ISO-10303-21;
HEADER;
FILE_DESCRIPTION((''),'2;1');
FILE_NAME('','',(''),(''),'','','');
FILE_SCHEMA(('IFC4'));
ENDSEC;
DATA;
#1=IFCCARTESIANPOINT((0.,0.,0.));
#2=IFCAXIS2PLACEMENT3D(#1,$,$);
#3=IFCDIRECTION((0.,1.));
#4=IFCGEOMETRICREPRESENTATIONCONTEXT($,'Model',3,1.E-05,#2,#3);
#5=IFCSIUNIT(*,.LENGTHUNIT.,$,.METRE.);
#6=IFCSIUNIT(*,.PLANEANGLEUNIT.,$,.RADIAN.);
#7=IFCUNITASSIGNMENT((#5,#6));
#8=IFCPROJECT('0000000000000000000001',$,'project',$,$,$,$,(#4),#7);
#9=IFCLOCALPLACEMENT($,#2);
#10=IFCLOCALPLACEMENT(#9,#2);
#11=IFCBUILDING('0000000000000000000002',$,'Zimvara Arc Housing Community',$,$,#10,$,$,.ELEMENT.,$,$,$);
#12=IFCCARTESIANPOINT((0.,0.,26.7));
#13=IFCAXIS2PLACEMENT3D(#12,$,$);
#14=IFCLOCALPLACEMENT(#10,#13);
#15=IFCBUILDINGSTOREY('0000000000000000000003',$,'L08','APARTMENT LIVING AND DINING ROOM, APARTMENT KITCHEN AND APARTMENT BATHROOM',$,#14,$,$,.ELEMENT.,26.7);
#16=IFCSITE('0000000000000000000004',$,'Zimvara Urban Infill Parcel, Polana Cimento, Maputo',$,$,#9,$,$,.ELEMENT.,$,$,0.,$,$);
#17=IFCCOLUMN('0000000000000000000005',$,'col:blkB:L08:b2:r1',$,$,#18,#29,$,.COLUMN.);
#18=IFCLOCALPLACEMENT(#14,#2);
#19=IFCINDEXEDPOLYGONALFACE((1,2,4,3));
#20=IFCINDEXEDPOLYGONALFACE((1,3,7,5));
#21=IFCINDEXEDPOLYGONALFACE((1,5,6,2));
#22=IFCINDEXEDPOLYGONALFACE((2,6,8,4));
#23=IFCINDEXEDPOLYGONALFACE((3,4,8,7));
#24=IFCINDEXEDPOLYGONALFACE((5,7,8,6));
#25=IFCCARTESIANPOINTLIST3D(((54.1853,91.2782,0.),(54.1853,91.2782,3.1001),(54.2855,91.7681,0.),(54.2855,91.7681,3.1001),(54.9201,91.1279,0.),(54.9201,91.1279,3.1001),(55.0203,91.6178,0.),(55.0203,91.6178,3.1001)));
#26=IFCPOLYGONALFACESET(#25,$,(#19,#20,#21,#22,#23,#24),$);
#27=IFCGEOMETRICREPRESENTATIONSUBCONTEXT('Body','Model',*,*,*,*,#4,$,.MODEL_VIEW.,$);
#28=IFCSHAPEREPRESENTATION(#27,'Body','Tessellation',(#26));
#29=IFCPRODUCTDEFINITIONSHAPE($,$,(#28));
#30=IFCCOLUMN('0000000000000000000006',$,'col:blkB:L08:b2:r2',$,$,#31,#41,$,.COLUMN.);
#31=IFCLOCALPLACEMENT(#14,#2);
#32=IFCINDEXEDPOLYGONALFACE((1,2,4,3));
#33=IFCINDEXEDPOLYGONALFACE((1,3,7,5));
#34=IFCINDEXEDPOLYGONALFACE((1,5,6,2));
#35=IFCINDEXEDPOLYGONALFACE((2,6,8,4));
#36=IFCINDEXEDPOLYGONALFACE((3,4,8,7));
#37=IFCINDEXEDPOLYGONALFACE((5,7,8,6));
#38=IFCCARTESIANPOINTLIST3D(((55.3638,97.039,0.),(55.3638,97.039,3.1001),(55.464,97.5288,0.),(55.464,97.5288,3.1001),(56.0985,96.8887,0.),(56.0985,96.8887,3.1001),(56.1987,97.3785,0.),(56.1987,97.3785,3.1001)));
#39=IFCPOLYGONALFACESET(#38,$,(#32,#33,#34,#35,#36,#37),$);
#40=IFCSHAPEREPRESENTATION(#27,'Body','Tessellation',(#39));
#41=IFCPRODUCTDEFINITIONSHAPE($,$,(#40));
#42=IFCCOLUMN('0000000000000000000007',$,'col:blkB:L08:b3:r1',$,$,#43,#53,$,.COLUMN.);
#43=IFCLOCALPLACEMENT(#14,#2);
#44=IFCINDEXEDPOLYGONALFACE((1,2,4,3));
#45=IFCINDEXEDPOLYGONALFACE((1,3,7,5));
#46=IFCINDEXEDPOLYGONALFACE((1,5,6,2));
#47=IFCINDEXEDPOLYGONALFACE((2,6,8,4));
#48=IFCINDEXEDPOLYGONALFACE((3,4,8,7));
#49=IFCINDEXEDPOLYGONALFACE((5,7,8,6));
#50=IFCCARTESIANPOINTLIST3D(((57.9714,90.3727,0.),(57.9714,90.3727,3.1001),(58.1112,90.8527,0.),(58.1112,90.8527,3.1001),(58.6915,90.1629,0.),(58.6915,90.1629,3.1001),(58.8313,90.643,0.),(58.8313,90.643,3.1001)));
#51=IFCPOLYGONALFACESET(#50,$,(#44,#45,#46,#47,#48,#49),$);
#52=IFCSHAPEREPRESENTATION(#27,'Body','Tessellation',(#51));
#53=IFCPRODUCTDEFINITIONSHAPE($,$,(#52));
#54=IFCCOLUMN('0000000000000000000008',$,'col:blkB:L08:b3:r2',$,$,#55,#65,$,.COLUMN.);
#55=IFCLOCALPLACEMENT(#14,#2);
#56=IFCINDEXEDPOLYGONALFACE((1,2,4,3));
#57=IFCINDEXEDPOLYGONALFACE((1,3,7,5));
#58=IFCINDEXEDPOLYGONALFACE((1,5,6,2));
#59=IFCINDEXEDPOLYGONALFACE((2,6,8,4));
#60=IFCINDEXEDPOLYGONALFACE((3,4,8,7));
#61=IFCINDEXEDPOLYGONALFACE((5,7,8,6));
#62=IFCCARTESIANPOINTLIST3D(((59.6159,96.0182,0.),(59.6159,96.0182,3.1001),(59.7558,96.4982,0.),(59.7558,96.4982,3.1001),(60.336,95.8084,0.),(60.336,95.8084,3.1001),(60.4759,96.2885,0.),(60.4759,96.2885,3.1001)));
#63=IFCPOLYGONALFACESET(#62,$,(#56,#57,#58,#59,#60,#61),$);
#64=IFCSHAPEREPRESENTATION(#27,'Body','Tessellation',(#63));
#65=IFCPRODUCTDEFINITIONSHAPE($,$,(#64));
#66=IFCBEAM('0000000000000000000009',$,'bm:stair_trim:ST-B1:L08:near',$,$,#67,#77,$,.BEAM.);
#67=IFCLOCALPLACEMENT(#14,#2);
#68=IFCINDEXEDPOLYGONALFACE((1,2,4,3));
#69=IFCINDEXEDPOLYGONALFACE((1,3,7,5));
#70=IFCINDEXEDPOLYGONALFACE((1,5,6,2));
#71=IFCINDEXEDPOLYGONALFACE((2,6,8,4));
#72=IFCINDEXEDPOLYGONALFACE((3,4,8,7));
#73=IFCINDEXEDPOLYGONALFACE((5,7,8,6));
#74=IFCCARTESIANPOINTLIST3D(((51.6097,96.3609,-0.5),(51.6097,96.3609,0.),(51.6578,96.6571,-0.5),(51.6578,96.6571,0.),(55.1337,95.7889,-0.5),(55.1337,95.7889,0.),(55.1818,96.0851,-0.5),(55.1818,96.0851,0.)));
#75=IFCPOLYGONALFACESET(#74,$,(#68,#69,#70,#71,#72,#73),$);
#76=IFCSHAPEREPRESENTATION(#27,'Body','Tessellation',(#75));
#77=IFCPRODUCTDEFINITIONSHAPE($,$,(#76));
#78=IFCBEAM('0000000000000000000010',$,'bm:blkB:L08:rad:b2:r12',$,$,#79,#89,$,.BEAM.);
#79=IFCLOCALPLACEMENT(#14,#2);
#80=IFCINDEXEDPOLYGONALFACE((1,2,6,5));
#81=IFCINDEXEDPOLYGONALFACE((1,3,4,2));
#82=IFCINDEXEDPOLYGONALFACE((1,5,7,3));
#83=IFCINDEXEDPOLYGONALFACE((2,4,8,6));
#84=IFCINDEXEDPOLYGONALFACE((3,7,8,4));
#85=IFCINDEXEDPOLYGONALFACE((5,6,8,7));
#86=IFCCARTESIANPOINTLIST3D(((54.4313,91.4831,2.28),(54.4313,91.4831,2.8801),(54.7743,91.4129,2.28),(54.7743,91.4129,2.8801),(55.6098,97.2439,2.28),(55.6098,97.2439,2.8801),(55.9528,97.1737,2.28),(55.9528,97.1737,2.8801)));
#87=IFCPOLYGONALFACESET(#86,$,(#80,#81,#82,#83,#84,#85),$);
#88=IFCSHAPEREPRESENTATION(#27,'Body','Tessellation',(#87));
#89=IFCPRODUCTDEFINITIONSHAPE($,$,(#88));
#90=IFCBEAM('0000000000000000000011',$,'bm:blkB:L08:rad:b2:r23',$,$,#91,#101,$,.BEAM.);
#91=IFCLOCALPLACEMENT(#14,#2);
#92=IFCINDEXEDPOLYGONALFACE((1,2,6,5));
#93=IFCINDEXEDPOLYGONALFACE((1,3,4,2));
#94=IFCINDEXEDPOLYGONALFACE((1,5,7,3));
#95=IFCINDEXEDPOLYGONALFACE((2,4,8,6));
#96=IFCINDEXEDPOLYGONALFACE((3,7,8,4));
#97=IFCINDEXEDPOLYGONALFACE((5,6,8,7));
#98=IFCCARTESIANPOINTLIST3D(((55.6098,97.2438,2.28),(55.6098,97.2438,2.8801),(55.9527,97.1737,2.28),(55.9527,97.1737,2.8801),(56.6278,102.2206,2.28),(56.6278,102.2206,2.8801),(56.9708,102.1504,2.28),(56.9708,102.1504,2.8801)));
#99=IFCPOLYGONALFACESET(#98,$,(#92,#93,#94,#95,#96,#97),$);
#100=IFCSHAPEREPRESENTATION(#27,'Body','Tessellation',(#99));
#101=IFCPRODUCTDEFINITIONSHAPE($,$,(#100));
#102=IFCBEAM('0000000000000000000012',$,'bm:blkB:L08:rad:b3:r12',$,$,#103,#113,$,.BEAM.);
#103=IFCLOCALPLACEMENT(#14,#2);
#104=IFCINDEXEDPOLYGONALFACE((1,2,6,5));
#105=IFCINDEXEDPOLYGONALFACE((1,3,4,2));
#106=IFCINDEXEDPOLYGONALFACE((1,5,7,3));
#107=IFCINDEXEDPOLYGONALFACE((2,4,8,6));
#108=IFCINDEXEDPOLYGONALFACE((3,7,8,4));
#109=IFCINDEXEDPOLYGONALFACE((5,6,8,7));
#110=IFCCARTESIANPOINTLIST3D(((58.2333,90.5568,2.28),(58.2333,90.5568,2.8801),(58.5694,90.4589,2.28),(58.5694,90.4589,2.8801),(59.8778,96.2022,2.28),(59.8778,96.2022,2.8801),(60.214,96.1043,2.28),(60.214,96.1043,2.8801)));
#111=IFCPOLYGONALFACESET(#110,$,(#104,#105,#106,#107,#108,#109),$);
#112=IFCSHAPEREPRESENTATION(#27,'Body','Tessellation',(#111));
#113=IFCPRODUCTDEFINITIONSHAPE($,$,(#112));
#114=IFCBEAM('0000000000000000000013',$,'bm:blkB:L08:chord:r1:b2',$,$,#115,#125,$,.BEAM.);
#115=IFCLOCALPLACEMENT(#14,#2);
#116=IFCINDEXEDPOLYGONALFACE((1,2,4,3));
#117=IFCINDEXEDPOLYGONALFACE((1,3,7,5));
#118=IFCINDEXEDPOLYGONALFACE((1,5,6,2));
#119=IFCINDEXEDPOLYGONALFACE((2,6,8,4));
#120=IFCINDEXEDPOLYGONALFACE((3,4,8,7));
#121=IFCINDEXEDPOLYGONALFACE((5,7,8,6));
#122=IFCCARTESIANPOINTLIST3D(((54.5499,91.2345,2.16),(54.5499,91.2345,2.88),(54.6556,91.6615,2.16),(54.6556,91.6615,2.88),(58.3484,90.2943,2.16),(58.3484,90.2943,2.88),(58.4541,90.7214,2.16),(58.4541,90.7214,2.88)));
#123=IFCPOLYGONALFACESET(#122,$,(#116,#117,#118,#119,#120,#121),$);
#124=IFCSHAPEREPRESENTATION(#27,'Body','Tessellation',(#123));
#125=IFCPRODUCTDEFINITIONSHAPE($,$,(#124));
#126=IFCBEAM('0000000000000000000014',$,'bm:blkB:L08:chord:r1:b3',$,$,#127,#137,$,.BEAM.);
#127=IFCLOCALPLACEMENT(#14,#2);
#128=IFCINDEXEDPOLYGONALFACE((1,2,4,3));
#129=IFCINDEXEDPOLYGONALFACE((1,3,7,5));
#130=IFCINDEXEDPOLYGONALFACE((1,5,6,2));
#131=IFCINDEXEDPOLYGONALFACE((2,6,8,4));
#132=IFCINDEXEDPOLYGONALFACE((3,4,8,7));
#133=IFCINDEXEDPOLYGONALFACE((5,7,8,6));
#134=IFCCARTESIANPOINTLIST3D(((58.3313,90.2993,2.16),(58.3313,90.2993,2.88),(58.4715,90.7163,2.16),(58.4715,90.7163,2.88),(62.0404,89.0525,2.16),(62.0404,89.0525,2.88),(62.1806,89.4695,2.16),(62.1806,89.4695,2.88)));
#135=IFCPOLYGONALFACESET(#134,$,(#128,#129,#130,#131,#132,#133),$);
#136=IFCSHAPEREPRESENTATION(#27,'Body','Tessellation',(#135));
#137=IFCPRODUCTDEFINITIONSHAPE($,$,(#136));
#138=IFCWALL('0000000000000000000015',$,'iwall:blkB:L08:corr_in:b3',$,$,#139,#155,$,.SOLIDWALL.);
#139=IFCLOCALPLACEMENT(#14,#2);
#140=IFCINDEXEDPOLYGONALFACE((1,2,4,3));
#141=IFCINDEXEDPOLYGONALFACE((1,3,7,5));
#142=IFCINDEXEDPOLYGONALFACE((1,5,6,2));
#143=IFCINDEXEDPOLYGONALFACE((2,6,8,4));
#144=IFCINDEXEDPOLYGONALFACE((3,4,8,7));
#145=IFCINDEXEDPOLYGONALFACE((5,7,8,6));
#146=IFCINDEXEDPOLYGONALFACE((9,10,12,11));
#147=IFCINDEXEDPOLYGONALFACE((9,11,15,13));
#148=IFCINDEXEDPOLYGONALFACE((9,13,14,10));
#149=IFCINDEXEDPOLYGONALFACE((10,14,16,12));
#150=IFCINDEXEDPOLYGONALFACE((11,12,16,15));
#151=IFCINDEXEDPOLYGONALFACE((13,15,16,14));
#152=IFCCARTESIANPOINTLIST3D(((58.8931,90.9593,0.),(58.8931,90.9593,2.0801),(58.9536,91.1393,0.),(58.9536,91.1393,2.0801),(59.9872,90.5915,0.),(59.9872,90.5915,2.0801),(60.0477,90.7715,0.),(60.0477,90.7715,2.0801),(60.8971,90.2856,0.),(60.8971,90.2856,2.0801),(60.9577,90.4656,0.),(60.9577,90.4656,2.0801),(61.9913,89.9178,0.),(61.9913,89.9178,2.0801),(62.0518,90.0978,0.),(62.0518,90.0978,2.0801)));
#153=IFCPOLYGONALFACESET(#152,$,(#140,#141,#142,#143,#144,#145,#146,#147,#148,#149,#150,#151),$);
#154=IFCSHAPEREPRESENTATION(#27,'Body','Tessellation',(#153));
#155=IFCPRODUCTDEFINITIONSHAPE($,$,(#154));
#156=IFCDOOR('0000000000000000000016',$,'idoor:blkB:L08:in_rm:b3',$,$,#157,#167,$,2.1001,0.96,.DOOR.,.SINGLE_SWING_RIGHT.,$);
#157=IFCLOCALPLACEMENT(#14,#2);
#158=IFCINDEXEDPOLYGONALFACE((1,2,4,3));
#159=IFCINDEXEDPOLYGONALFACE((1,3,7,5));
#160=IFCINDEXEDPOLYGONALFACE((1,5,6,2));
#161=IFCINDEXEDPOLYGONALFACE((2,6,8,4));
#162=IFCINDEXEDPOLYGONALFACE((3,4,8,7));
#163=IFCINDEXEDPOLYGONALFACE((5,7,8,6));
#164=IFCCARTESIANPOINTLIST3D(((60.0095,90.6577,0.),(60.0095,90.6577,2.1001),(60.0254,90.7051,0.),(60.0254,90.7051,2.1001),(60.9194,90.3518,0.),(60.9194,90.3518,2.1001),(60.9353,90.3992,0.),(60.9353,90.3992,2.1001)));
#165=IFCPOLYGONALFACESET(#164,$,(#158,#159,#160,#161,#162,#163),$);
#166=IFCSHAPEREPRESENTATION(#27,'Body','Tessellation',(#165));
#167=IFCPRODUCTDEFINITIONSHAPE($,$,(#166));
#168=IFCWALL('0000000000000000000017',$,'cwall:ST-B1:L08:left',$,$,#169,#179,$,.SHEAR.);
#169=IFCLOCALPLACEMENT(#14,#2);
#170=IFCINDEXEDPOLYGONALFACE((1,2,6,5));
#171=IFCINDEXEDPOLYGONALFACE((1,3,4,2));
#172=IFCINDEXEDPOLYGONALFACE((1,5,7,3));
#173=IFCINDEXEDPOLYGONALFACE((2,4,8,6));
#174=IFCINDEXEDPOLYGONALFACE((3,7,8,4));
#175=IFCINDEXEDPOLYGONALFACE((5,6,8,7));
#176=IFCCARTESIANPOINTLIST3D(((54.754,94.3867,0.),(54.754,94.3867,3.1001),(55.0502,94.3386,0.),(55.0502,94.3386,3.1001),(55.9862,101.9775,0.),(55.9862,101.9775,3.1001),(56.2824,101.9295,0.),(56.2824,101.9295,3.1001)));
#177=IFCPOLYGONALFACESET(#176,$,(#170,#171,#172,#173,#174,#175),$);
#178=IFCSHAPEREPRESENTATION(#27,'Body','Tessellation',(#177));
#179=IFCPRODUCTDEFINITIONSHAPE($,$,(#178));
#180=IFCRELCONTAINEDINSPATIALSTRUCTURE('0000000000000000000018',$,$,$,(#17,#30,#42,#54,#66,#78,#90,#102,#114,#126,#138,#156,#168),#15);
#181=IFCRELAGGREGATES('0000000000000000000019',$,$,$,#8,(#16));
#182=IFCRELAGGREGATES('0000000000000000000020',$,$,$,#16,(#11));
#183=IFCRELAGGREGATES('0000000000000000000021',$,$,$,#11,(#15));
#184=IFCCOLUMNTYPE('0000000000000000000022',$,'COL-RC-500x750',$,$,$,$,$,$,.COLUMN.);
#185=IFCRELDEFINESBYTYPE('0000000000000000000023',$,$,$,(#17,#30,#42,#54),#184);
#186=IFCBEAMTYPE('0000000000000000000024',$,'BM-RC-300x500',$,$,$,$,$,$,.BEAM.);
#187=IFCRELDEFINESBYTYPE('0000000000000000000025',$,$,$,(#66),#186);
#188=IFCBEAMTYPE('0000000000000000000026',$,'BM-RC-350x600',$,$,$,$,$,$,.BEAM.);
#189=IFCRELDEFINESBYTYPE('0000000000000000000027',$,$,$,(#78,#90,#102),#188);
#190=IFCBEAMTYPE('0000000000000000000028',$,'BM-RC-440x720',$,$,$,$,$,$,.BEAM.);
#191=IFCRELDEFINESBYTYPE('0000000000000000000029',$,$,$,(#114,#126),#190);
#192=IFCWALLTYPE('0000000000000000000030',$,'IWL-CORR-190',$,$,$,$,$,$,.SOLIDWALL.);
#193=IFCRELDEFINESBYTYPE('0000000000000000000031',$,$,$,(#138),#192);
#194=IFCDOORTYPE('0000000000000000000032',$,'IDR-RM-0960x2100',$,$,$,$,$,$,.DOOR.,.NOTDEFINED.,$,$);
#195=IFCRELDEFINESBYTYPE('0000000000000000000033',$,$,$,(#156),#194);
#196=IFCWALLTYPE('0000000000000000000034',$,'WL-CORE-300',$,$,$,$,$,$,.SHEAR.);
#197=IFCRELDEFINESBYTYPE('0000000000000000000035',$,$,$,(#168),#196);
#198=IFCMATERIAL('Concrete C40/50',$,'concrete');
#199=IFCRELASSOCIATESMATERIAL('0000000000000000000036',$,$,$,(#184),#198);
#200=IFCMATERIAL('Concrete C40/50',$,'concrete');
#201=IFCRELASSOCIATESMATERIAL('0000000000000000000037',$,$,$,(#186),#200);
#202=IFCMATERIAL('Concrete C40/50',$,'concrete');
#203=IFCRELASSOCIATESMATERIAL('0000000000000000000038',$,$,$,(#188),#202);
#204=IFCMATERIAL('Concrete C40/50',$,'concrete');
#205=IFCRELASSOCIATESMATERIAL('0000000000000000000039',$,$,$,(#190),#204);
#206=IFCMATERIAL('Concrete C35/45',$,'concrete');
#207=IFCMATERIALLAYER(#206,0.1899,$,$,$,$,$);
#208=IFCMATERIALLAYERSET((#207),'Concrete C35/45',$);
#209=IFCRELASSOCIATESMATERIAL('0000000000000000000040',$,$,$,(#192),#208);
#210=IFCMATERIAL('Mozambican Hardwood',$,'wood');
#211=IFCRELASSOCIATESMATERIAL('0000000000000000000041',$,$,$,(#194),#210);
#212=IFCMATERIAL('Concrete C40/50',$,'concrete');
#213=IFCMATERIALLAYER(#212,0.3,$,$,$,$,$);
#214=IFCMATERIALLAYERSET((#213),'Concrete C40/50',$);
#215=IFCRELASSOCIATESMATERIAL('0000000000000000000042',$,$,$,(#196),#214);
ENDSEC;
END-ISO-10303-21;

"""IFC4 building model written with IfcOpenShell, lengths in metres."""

from ifc_helpers import new_model, si_unit, direction, frame, frame_2d, origin, origin_2d, place, context, subcontext, project, spatial, rectangle, extrude, material, layer, layer_set, material_profile, profile_set, type_object, element, fill, save


model = new_model("IFC4")

# Units and contexts
model_context = context("Model", 3, precision=1e-05, world=origin(), true_north=direction((0.0, 1.0)))
body_context = subcontext(model_context, "Body", "Model", "MODEL_VIEW")
ifc_project = project(units=[si_unit("LENGTHUNIT", "METRE"), si_unit("PLANEANGLEUNIT", "RADIAN")], contexts=[model_context])

# Site, building, storey
site_placement = place(None, origin())
site = spatial("IfcSite", under=ifc_project, at=site_placement, Name="Zimvara Urban Infill Parcel, Polana Cimento, Maputo", CompositionType="ELEMENT", RefElevation=0.0)
building_placement = place(site_placement, origin())
building = spatial("IfcBuilding", under=site, at=building_placement, Name="Zimvara Arc Housing Community", CompositionType="ELEMENT")
storey_placement = place(building_placement, frame((0.0, 0.0, 26.7)))
storey = spatial("IfcBuildingStorey", under=building, at=storey_placement, Name="L08", Description="APARTMENT LIVING AND DINING ROOM, APARTMENT KITCHEN AND APARTMENT BATHROOM", CompositionType="ELEMENT", Elevation=26.7)

# Columns
ifc_material_1 = material(Name="Concrete C40/50", Category="concrete")
ifc_material_profile_1 = material_profile(ifc_material_1, rectangle(XDim=0.5, YDim=0.75, at=origin_2d()), Name="RC 500x750")
ifc_profile_set_1 = profile_set([ifc_material_profile_1], Name="Concrete C40/50")
column_type = type_object("IfcColumnType", Name="COL-RC-500x750", PredefinedType="COLUMN", material=ifc_profile_set_1)
for number, where, z_axis, x_axis, name in (
    (1, (54.6028, 91.448, 0.0), (0.0, 0.0, 1.0), (0.200394, 0.979715, 0.0), "col:blkB:L08:b2:r1"),
    (2, (55.7812, 97.2087, 0.0), (0.0, 0.0, 1.0), (0.200394, 0.979715, 0.0), "col:blkB:L08:b2:r2"),
    (3, (58.4014, 90.5078, 0.0), (0.0, 0.0, 1.0), (0.279661, 0.960099, 0.0), "col:blkB:L08:b3:r1"),
    (4, (60.0459, 96.1533, 0.0), (0.0, 0.0, 1.0), (0.279661, 0.960099, 0.0), "col:blkB:L08:b3:r2"),
):
    element("IfcColumn", number, at=place(storey_placement, frame(where, z_axis=z_axis, x_axis=x_axis)), inside=storey, type_object=column_type, Name=name, PredefinedType="COLUMN", context=body_context, shape_type="SweptSolid", body=[
        extrude(rectangle(XDim=0.5, YDim=0.75, at=origin_2d()), origin(), (0.0, 0.0, 1.0), 3.1001),
    ])

# Beams
ifc_material_2 = material(Name="Concrete C40/50", Category="concrete")
ifc_material_profile_2 = material_profile(ifc_material_2, rectangle(XDim=0.3, YDim=0.5, at=origin_2d()), Name="RC 300x500")
ifc_profile_set_2 = profile_set([ifc_material_profile_2], Name="Concrete C40/50")
beam_type_1 = type_object("IfcBeamType", Name="BM-RC-300x500", PredefinedType="BEAM", material=ifc_profile_set_2)
beam_1_placement = place(storey_placement, frame((55.1577, 95.937, -0.25), z_axis=(-0.98708, 0.160228, 0.0), x_axis=(-0.160228, -0.98708, 0.0)))
element("IfcBeam", 5, at=beam_1_placement, inside=storey, type_object=beam_type_1, Name="bm:stair_trim:ST-B1:L08:near", PredefinedType="BEAM", context=body_context, shape_type="SweptSolid", body=[
    extrude(rectangle(XDim=0.3, YDim=0.5, at=origin_2d()), origin(), (0.0, 0.0, 1.0), 3.5701),
])
ifc_material_3 = material(Name="Concrete C40/50", Category="concrete")
ifc_material_profile_3 = material_profile(ifc_material_3, rectangle(XDim=0.3501, YDim=0.6001, at=origin_2d()), Name="RC 350x600")
ifc_profile_set_3 = profile_set([ifc_material_profile_3], Name="Concrete C40/50")
beam_type_2 = type_object("IfcBeamType", Name="BM-RC-350x600", PredefinedType="BEAM", material=ifc_profile_set_3)
beam_2_placement = place(storey_placement, frame((54.6028, 91.448, 2.5801), z_axis=(0.200418, 0.97971, 0.0), x_axis=(-0.97971, 0.200418, 0.0)))
element("IfcBeam", 6, at=beam_2_placement, inside=storey, type_object=beam_type_2, Name="bm:blkB:L08:rad:b2:r12", PredefinedType="BEAM", context=body_context, shape_type="SweptSolid", body=[
    extrude(rectangle(XDim=0.3501, YDim=0.6001, at=origin_2d()), origin(), (0.0, 0.0, 1.0), 5.8801),
])
beam_3_placement = place(storey_placement, frame((55.7812, 97.2087, 2.5801), z_axis=(0.200412, 0.979712, 0.0), x_axis=(-0.979712, 0.200412, 0.0)))
element("IfcBeam", 7, at=beam_3_placement, inside=storey, type_object=beam_type_2, Name="bm:blkB:L08:rad:b2:r23", PredefinedType="BEAM", context=body_context, shape_type="SweptSolid", body=[
    extrude(rectangle(XDim=0.3501, YDim=0.6001, at=origin_2d()), origin(), (0.0, 0.0, 1.0), 5.0798),
])
beam_4_placement = place(storey_placement, frame((58.4014, 90.5078, 2.5801), z_axis=(0.279675, 0.960095, 0.0), x_axis=(-0.960095, 0.279675, 0.0)))
element("IfcBeam", 8, at=beam_4_placement, inside=storey, type_object=beam_type_2, Name="bm:blkB:L08:rad:b3:r12", PredefinedType="BEAM", context=body_context, shape_type="SweptSolid", body=[
    extrude(rectangle(XDim=0.3501, YDim=0.6001, at=origin_2d()), origin(), (0.0, 0.0, 1.0), 5.8801),
])
ifc_material_4 = material(Name="Concrete C40/50", Category="concrete")
ifc_material_profile_4 = material_profile(ifc_material_4, rectangle(XDim=0.4399, YDim=0.72, at=origin_2d()), Name="RC 440x720")
ifc_profile_set_4 = profile_set([ifc_material_profile_4], Name="Concrete C40/50")
beam_type_3 = type_object("IfcBeamType", Name="BM-RC-440x720", PredefinedType="BEAM", material=ifc_profile_set_4)
for number, where, z_axis, x_axis, name in (
    (9, (54.6028, 91.448, 2.52), (0.970709, -0.24026, 0.0), (0.24026, 0.970709, 0.0), "bm:blkB:L08:chord:r1:b2"),
    (10, (58.4014, 90.5078, 2.52), (0.947882, -0.318623, 0.0), (0.318623, 0.947882, 0.0), "bm:blkB:L08:chord:r1:b3"),
):
    element("IfcBeam", number, at=place(storey_placement, frame(where, z_axis=z_axis, x_axis=x_axis)), inside=storey, type_object=beam_type_3, Name=name, PredefinedType="BEAM", context=body_context, shape_type="SweptSolid", body=[
        extrude(rectangle(XDim=0.4399, YDim=0.72, at=origin_2d()), origin(), (0.0, 0.0, 1.0), 3.9131),
    ])

# Wall, opening, door
ifc_material_5 = material(Name="Concrete C35/45", Category="concrete")
ifc_layer_1 = layer(ifc_material_5, 0.1899)
ifc_layer_set_1 = layer_set([ifc_layer_1], Name="Concrete C35/45")
wall_type_1 = type_object("IfcWallType", Name="IWL-CORR-190", PredefinedType="SOLIDWALL", material=ifc_layer_set_1)
wall_1_placement = place(storey_placement, frame((58.9233, 91.0493, 0.0), z_axis=(0.0, 0.0, 1.0), x_axis=(0.947874, -0.318647, 0.0)))
wall_1 = element("IfcWall", 11, at=wall_1_placement, inside=storey, type_object=wall_type_1, Name="iwall:blkB:L08:corr_in:b3", PredefinedType="SOLIDWALL", context=body_context, shape_type="SweptSolid", body=[
    extrude(rectangle(XDim=3.2686, YDim=0.1899, at=frame_2d((1.6343, 0.0))), origin(), (0.0, 0.0, 1.0), 2.0801),
])
opening_1_placement = place(wall_1_placement, frame((1.1543, 0.0, 0.0)))
opening_1 = element("IfcOpeningElement", 12, at=opening_1_placement, cuts=wall_1, PredefinedType="OPENING", context=body_context, shape_type="SweptSolid", body=[
    extrude(rectangle(XDim=0.96, YDim=2.1001, at=frame_2d((0.48, 1.05))), frame((0.0, 0.105, 0.0), z_axis=(0.0, -1.0, 0.0), x_axis=(1.0, 0.0, 0.0)), (0.0, 0.0, 1.0), 0.21),
])
ifc_material_6 = material(Name="Mozambican Hardwood", Category="wood")
door_type_1 = type_object("IfcDoorType", Name="IDR-RM-0960x2100", OperationType="NOTDEFINED", PredefinedType="DOOR", material=ifc_material_6)
door_1_placement = place(opening_1_placement, origin())
door_1 = element("IfcDoor", 13, at=door_1_placement, inside=storey, type_object=door_type_1, Name="idoor:blkB:L08:in_rm:b3", OperationType="SINGLE_SWING_RIGHT", OverallHeight=2.1001, OverallWidth=0.96, PredefinedType="DOOR", context=body_context, shape_type="SweptSolid", body=[
    extrude(rectangle(XDim=0.96, YDim=2.1001, at=frame_2d((0.48, 1.05))), frame((0.0, 0.0249, 0.0), z_axis=(0.0, -1.0, 0.0), x_axis=(1.0, 0.0, 0.0)), (0.0, 0.0, 1.0), 0.05),
])
fill(opening_1, door_1)

# Shared definitions
ifc_material_7 = material(Name="Concrete C40/50", Category="concrete")
ifc_layer_2 = layer(ifc_material_7, 0.3)
ifc_layer_set_2 = layer_set([ifc_layer_2], Name="Concrete C40/50")
wall_type_2 = type_object("IfcWallType", Name="WL-CORE-300", PredefinedType="SHEAR", material=ifc_layer_set_2)

# Wall
wall_2_placement = place(storey_placement, frame((54.9021, 94.3625, 0.0), z_axis=(0.0, 0.0, 1.0), x_axis=(0.160227, 0.98708, 0.0)))
element("IfcWall", 14, at=wall_2_placement, inside=storey, type_object=wall_type_2, Name="cwall:ST-B1:L08:left", PredefinedType="SHEAR", context=body_context, shape_type="SweptSolid", body=[
    extrude(rectangle(XDim=7.6902, YDim=0.3, at=frame_2d((3.8452, 0.0))), origin(), (0.0, 0.0, 1.0), 3.1001),
])

save(model, "model.ifc")
